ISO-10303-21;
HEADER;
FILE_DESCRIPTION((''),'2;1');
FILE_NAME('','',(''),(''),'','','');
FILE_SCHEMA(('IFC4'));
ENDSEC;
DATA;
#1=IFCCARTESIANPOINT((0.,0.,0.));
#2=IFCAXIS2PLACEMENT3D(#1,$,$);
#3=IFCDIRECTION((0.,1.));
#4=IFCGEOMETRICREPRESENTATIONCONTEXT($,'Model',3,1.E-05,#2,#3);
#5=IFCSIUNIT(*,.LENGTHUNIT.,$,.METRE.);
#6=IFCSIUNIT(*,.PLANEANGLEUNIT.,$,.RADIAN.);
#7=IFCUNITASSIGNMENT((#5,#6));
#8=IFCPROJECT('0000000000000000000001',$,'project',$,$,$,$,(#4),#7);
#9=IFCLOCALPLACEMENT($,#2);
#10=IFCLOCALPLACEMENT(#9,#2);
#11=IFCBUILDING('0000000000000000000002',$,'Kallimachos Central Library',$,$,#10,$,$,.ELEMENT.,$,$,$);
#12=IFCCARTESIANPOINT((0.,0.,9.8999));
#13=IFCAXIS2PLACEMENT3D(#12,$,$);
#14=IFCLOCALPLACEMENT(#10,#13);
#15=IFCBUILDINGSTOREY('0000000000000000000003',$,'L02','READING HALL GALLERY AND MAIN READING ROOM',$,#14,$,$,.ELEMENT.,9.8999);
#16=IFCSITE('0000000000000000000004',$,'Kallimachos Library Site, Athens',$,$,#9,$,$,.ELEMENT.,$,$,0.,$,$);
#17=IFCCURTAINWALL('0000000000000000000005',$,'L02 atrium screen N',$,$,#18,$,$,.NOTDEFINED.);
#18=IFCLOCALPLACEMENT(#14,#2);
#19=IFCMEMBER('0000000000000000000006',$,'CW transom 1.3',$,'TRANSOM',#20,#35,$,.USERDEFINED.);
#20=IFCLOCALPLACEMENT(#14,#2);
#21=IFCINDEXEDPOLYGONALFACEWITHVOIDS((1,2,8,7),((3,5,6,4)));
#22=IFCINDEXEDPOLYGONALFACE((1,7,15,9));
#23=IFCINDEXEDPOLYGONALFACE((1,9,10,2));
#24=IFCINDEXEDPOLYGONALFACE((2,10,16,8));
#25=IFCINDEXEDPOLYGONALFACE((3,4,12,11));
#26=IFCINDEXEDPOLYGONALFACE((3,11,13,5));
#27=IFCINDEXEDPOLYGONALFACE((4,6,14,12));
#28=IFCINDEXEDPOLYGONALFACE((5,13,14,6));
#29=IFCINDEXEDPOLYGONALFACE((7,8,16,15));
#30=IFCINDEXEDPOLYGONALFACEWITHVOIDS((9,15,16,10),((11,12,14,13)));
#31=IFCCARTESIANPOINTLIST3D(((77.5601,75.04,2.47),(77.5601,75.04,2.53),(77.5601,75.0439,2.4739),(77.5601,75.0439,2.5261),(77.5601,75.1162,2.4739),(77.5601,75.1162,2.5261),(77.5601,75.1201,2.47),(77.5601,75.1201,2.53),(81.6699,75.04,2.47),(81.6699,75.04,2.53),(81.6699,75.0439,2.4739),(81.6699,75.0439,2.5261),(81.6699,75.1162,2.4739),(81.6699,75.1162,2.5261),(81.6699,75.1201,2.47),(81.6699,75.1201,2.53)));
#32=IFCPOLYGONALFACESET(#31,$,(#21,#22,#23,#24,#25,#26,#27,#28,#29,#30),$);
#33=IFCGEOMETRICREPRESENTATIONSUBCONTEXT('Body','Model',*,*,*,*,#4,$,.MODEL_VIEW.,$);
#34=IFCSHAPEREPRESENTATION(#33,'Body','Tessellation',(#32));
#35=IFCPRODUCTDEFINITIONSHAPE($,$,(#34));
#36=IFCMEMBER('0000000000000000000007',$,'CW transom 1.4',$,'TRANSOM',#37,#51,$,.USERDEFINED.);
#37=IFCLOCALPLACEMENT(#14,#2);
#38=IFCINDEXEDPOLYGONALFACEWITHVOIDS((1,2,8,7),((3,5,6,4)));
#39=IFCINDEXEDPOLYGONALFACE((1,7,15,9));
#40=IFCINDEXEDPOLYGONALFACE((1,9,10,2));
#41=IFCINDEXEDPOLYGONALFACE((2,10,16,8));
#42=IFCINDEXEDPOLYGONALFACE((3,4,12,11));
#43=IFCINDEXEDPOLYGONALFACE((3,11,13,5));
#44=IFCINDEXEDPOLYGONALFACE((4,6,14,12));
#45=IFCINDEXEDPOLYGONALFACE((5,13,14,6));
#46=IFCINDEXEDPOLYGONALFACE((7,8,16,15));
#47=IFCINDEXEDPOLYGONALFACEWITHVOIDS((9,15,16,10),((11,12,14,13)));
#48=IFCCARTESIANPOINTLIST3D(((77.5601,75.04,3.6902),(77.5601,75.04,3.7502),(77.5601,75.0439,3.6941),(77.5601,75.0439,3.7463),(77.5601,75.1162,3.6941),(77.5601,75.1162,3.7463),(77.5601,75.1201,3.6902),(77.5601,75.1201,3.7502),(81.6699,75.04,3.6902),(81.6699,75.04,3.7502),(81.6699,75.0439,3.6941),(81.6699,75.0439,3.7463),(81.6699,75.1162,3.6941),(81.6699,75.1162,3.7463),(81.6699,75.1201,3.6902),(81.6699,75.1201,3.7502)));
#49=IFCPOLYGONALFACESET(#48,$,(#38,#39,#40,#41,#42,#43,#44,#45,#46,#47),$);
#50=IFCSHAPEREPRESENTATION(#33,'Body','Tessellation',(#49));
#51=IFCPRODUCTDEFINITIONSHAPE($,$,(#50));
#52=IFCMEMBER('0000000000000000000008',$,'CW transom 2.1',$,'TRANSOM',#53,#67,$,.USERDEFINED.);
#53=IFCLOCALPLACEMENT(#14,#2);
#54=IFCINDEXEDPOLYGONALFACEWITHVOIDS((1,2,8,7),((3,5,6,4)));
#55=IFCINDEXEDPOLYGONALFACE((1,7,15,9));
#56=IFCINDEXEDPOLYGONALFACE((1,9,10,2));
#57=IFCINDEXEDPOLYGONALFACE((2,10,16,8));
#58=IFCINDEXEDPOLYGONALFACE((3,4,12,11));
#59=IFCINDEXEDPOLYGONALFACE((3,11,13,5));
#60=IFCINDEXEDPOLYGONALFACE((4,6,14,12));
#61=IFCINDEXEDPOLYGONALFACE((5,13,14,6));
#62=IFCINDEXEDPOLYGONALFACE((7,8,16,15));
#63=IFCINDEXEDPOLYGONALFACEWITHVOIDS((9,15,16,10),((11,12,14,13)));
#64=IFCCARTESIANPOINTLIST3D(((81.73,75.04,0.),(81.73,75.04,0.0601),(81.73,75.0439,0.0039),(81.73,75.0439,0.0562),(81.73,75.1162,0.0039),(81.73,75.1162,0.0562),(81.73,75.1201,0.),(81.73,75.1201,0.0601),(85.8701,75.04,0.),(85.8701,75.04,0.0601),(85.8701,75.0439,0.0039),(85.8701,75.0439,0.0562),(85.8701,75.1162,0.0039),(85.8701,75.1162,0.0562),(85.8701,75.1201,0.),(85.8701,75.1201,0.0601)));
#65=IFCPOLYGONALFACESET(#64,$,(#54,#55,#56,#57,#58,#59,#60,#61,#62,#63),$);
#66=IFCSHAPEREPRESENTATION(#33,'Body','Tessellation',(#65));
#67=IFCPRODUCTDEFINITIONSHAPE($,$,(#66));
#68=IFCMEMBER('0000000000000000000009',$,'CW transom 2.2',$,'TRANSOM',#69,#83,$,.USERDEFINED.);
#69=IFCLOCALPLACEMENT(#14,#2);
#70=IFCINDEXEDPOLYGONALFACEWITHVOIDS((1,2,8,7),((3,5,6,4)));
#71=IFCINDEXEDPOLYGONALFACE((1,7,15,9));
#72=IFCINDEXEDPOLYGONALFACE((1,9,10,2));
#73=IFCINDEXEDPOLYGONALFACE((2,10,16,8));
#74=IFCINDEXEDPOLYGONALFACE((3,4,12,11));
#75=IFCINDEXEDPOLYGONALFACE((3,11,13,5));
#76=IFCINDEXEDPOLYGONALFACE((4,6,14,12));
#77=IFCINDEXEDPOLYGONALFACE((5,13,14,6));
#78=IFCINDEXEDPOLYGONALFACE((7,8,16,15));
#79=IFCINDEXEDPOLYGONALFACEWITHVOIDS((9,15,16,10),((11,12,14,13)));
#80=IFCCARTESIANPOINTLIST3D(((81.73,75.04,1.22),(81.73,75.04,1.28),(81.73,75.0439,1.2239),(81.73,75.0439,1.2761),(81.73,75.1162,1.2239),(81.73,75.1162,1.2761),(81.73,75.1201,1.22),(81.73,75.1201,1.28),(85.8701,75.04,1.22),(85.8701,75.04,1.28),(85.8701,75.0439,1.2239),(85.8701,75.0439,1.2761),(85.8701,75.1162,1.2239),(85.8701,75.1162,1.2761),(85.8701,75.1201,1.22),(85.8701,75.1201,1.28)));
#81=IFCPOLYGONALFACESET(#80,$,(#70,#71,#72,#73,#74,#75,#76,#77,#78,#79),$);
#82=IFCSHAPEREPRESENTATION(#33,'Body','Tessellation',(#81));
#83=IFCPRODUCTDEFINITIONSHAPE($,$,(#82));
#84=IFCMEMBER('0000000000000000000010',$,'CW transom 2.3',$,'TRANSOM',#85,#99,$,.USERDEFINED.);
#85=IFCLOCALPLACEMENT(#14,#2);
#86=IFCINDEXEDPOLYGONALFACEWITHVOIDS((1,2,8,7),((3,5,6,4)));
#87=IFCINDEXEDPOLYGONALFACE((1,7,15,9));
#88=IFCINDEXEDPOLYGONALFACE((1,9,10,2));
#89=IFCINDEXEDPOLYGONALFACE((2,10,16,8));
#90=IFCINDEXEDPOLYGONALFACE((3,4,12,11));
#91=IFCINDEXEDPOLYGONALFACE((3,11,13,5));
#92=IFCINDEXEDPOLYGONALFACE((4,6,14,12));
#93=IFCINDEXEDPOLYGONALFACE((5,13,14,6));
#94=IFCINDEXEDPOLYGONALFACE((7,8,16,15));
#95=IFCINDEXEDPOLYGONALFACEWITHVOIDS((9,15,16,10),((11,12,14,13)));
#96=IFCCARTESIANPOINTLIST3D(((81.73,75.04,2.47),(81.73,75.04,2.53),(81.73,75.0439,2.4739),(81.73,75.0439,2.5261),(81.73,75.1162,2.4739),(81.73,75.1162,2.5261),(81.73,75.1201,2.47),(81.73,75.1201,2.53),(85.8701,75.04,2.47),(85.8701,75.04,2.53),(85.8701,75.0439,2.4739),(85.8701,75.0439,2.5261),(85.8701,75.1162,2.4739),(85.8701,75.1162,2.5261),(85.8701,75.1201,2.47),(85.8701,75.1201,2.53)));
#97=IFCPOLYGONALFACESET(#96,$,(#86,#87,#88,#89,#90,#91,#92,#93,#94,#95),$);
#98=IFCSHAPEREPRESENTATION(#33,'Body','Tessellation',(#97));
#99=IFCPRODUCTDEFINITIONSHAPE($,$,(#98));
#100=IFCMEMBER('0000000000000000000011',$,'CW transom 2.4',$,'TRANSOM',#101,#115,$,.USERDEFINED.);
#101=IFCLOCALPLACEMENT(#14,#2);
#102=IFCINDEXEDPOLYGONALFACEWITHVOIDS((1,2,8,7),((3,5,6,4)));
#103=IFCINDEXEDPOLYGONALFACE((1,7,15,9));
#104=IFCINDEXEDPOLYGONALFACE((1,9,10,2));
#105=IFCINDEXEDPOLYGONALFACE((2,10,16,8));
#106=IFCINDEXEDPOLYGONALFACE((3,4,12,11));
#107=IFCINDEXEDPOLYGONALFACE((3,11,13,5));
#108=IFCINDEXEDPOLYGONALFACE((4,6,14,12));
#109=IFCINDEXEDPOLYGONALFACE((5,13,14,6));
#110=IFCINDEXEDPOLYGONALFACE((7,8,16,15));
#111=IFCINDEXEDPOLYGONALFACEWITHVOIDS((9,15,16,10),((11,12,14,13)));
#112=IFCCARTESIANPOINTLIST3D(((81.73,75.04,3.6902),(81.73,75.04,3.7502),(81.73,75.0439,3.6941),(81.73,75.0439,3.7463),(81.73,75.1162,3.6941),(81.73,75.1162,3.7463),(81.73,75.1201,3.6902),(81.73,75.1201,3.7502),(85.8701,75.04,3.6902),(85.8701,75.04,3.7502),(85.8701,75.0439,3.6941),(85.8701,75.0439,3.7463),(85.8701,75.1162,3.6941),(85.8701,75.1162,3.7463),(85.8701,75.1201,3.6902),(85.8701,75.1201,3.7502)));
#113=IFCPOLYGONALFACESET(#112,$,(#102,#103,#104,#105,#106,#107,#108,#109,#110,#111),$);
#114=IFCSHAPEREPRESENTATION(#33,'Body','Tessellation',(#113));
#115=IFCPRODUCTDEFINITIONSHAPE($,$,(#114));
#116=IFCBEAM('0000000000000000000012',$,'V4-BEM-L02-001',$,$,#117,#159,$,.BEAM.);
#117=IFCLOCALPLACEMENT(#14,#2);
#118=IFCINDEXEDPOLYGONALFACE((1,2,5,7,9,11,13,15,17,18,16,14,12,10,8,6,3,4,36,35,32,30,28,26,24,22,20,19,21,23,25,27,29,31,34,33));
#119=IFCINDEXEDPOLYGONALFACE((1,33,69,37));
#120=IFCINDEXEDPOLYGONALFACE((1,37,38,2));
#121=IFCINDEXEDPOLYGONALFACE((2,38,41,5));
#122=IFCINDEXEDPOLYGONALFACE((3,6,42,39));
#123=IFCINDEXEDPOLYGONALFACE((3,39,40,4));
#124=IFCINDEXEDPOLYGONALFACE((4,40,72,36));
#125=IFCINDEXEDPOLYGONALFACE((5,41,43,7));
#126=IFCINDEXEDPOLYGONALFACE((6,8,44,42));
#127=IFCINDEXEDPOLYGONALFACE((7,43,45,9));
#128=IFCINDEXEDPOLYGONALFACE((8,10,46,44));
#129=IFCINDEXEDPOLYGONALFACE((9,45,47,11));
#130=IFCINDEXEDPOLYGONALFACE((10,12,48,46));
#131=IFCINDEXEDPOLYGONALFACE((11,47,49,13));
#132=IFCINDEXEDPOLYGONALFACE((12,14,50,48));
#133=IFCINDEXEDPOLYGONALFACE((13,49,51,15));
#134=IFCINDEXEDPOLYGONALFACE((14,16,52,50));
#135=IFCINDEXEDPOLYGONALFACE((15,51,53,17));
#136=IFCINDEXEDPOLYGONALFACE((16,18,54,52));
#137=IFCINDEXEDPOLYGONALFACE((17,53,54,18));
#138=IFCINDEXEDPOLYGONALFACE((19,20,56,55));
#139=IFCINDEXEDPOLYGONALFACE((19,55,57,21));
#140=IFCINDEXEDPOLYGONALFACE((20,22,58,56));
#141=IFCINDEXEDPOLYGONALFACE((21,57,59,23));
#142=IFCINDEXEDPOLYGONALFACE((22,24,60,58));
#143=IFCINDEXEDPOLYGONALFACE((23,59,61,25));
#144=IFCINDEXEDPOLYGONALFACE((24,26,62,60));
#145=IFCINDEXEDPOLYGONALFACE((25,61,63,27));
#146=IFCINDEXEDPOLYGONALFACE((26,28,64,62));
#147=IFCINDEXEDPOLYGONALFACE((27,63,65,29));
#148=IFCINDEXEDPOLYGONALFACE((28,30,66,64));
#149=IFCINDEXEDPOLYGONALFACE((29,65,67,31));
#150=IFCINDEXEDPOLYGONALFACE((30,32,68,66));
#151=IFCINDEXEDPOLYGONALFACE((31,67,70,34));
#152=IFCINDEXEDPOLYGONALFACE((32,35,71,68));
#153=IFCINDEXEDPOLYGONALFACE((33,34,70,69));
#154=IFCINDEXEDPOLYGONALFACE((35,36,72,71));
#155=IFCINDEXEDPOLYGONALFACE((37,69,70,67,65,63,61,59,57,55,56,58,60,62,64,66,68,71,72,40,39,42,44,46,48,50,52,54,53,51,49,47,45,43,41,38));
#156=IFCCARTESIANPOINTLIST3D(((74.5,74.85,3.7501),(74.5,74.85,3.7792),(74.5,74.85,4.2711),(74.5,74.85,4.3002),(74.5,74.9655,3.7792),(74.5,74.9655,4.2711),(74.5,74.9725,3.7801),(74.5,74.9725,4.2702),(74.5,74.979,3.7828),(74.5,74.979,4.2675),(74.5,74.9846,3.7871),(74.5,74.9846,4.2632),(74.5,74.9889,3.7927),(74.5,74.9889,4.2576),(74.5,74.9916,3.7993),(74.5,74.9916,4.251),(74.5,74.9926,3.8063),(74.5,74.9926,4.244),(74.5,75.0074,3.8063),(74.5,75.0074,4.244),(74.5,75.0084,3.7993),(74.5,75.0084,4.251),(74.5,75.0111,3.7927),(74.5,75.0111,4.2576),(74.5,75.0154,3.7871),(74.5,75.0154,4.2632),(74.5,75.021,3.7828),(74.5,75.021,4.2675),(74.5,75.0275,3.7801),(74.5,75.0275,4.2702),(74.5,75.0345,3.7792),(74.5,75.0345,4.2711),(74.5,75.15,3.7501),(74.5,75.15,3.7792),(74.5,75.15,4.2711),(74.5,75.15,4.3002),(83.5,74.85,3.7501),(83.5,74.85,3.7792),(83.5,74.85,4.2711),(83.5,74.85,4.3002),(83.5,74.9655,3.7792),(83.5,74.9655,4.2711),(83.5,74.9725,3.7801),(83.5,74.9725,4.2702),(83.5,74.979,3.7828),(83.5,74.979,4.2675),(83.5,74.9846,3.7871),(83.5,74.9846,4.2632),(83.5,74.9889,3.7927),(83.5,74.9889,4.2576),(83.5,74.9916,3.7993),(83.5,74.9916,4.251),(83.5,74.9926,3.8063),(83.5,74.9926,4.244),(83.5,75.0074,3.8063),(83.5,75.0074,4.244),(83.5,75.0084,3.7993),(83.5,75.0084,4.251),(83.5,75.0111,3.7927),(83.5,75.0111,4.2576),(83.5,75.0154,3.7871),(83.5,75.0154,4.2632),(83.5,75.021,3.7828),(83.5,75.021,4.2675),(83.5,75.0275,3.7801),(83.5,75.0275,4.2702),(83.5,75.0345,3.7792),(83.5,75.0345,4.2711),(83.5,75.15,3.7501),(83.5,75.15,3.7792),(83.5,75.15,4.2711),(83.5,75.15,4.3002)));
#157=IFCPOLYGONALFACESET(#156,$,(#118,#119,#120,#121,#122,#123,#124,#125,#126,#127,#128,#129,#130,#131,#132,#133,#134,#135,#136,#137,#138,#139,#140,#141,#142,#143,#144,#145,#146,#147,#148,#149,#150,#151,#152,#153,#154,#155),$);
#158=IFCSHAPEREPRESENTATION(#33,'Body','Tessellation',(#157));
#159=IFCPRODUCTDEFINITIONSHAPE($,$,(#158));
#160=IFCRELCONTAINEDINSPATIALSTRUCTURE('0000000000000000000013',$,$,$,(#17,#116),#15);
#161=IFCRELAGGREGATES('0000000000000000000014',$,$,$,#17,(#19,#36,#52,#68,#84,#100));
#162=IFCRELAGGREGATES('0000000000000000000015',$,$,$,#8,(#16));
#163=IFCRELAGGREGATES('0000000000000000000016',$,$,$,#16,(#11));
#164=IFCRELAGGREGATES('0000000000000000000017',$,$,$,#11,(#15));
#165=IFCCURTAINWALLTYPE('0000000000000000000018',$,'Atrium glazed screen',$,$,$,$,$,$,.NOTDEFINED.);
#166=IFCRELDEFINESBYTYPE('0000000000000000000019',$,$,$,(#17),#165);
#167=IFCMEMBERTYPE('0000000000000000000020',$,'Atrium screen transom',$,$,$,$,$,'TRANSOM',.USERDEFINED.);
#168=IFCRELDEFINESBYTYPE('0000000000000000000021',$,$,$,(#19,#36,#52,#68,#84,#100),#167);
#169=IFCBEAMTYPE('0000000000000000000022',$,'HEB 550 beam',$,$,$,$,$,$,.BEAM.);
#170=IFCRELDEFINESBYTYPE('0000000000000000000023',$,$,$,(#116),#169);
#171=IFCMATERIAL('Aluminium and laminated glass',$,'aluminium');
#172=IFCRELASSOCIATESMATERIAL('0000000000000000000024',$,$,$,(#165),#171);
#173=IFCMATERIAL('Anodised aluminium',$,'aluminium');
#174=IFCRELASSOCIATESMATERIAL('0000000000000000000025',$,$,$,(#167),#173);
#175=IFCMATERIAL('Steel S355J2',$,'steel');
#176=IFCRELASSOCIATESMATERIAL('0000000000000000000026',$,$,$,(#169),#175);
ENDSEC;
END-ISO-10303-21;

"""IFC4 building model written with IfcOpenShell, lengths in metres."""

from ifc_helpers import new_model, si_unit, direction, frame, origin, origin_2d, place, context, subcontext, project, spatial, hollow_rectangle, i_section, extrude, material, material_profile, profile_set, type_object, element, aggregate, save


model = new_model("IFC4")

# Units and contexts
model_context = context("Model", 3, precision=1e-05, world=origin(), true_north=direction((0.0, 1.0)))
body_context = subcontext(model_context, "Body", "Model", "MODEL_VIEW")
ifc_project = project(units=[si_unit("LENGTHUNIT", "METRE"), si_unit("PLANEANGLEUNIT", "RADIAN")], contexts=[model_context])

# Site, building, storey
site_placement = place(None, origin())
site = spatial("IfcSite", under=ifc_project, at=site_placement, Name="Kallimachos Library Site, Athens", CompositionType="ELEMENT", RefElevation=0.0)
building_placement = place(site_placement, origin())
building = spatial("IfcBuilding", under=site, at=building_placement, Name="Kallimachos Central Library", CompositionType="ELEMENT")
storey_placement = place(building_placement, frame((0.0, 0.0, 9.8999)))
storey = spatial("IfcBuildingStorey", under=building, at=storey_placement, Name="L02", Description="READING HALL GALLERY AND MAIN READING ROOM", CompositionType="ELEMENT", Elevation=9.8999)

# Curtain wall
ifc_material_1 = material(Name="Aluminium and laminated glass", Category="aluminium")
curtain_wall_type = type_object("IfcCurtainWallType", Name="Atrium glazed screen", PredefinedType="NOTDEFINED", material=ifc_material_1)
curtain_wall_1_placement = place(storey_placement, origin())
curtain_wall_1 = element("IfcCurtainWall", 1, at=curtain_wall_1_placement, inside=storey, type_object=curtain_wall_type, Name="L02 atrium screen N", PredefinedType="NOTDEFINED")

# Members
ifc_material_2 = material(Name="Anodised aluminium", Category="aluminium")
ifc_material_profile_1 = material_profile(ifc_material_2, hollow_rectangle(XDim=0.0601, YDim=0.0801, WallThickness=0.0039, at=origin_2d()), Name="ALU TRANSOM 60x80")
ifc_profile_set_1 = profile_set([ifc_material_profile_1], Name="Anodised aluminium")
member_type_1 = type_object("IfcMemberType", Name="Atrium screen transom", ElementType="TRANSOM", PredefinedType="USERDEFINED", material=ifc_profile_set_1)
member_1_placement = place(storey_placement, frame((77.5601, 75.0801, 2.5), z_axis=(1.0, 0.0, 0.0), x_axis=(0.0, 0.0, 1.0)))
member_1 = element("IfcMember", 2, at=member_1_placement, type_object=member_type_1, Name="CW transom 1.3", ObjectType="TRANSOM", PredefinedType="USERDEFINED", context=body_context, shape_type="SweptSolid", body=[
    extrude(hollow_rectangle(XDim=0.0601, YDim=0.0801, WallThickness=0.0039, at=origin_2d()), origin(), (0.0, 0.0, 1.0), 4.1099),
])
member_2_placement = place(storey_placement, frame((77.5601, 75.0801, 3.7202), z_axis=(1.0, 0.0, 0.0), x_axis=(0.0, 0.0, 1.0)))
member_2 = element("IfcMember", 3, at=member_2_placement, type_object=member_type_1, Name="CW transom 1.4", ObjectType="TRANSOM", PredefinedType="USERDEFINED", context=body_context, shape_type="SweptSolid", body=[
    extrude(hollow_rectangle(XDim=0.0601, YDim=0.0801, WallThickness=0.0039, at=origin_2d()), origin(), (0.0, 0.0, 1.0), 4.1099),
])
member_3_placement = place(storey_placement, frame((81.73, 75.0801, 0.03), z_axis=(1.0, 0.0, 0.0), x_axis=(0.0, 0.0, 1.0)))
member_3 = element("IfcMember", 4, at=member_3_placement, type_object=member_type_1, Name="CW transom 2.1", ObjectType="TRANSOM", PredefinedType="USERDEFINED", context=body_context, shape_type="SweptSolid", body=[
    extrude(hollow_rectangle(XDim=0.0601, YDim=0.0801, WallThickness=0.0039, at=origin_2d()), origin(), (0.0, 0.0, 1.0), 4.1401),
])
member_4_placement = place(storey_placement, frame((81.73, 75.0801, 1.25), z_axis=(1.0, 0.0, 0.0), x_axis=(0.0, 0.0, 1.0)))
member_4 = element("IfcMember", 5, at=member_4_placement, type_object=member_type_1, Name="CW transom 2.2", ObjectType="TRANSOM", PredefinedType="USERDEFINED", context=body_context, shape_type="SweptSolid", body=[
    extrude(hollow_rectangle(XDim=0.0601, YDim=0.0801, WallThickness=0.0039, at=origin_2d()), origin(), (0.0, 0.0, 1.0), 4.1401),
])
member_5_placement = place(storey_placement, frame((81.73, 75.0801, 2.5), z_axis=(1.0, 0.0, 0.0), x_axis=(0.0, 0.0, 1.0)))
member_5 = element("IfcMember", 6, at=member_5_placement, type_object=member_type_1, Name="CW transom 2.3", ObjectType="TRANSOM", PredefinedType="USERDEFINED", context=body_context, shape_type="SweptSolid", body=[
    extrude(hollow_rectangle(XDim=0.0601, YDim=0.0801, WallThickness=0.0039, at=origin_2d()), origin(), (0.0, 0.0, 1.0), 4.1401),
])
member_6_placement = place(storey_placement, frame((81.73, 75.0801, 3.7202), z_axis=(1.0, 0.0, 0.0), x_axis=(0.0, 0.0, 1.0)))
member_6 = element("IfcMember", 7, at=member_6_placement, type_object=member_type_1, Name="CW transom 2.4", ObjectType="TRANSOM", PredefinedType="USERDEFINED", context=body_context, shape_type="SweptSolid", body=[
    extrude(hollow_rectangle(XDim=0.0601, YDim=0.0801, WallThickness=0.0039, at=origin_2d()), origin(), (0.0, 0.0, 1.0), 4.1401),
])

# Beam
ifc_material_3 = material(Name="Steel S355J2", Category="steel")
ifc_material_profile_2 = material_profile(ifc_material_3, i_section(OverallWidth=0.3, OverallDepth=0.55, WebThickness=0.0149, FlangeThickness=0.0291, FilletRadius=0.0271, at=origin_2d()), Name="HEB 550")
ifc_profile_set_2 = profile_set([ifc_material_profile_2], Name="Steel S355J2")
beam_type = type_object("IfcBeamType", Name="HEB 550 beam", PredefinedType="BEAM", material=ifc_profile_set_2)
for number, where, z_axis, x_axis, name in (
    (8, (74.5, 75.0, 4.0251), (1.0, 0.0, 0.0), (0.0, 1.0, 0.0), "V4-BEM-L02-001"),
):
    element("IfcBeam", number, at=place(storey_placement, frame(where, z_axis=z_axis, x_axis=x_axis)), inside=storey, type_object=beam_type, Name=name, PredefinedType="BEAM", context=body_context, shape_type="SweptSolid", body=[
        extrude(i_section(OverallWidth=0.3, OverallDepth=0.55, WebThickness=0.0149, FlangeThickness=0.0291, FilletRadius=0.0271, at=origin_2d()), origin(), (0.0, 0.0, 1.0), 9.0),
    ])

aggregate(curtain_wall_1, [member_1, member_2, member_3, member_4, member_5, member_6])

save(model, "model.ifc")
